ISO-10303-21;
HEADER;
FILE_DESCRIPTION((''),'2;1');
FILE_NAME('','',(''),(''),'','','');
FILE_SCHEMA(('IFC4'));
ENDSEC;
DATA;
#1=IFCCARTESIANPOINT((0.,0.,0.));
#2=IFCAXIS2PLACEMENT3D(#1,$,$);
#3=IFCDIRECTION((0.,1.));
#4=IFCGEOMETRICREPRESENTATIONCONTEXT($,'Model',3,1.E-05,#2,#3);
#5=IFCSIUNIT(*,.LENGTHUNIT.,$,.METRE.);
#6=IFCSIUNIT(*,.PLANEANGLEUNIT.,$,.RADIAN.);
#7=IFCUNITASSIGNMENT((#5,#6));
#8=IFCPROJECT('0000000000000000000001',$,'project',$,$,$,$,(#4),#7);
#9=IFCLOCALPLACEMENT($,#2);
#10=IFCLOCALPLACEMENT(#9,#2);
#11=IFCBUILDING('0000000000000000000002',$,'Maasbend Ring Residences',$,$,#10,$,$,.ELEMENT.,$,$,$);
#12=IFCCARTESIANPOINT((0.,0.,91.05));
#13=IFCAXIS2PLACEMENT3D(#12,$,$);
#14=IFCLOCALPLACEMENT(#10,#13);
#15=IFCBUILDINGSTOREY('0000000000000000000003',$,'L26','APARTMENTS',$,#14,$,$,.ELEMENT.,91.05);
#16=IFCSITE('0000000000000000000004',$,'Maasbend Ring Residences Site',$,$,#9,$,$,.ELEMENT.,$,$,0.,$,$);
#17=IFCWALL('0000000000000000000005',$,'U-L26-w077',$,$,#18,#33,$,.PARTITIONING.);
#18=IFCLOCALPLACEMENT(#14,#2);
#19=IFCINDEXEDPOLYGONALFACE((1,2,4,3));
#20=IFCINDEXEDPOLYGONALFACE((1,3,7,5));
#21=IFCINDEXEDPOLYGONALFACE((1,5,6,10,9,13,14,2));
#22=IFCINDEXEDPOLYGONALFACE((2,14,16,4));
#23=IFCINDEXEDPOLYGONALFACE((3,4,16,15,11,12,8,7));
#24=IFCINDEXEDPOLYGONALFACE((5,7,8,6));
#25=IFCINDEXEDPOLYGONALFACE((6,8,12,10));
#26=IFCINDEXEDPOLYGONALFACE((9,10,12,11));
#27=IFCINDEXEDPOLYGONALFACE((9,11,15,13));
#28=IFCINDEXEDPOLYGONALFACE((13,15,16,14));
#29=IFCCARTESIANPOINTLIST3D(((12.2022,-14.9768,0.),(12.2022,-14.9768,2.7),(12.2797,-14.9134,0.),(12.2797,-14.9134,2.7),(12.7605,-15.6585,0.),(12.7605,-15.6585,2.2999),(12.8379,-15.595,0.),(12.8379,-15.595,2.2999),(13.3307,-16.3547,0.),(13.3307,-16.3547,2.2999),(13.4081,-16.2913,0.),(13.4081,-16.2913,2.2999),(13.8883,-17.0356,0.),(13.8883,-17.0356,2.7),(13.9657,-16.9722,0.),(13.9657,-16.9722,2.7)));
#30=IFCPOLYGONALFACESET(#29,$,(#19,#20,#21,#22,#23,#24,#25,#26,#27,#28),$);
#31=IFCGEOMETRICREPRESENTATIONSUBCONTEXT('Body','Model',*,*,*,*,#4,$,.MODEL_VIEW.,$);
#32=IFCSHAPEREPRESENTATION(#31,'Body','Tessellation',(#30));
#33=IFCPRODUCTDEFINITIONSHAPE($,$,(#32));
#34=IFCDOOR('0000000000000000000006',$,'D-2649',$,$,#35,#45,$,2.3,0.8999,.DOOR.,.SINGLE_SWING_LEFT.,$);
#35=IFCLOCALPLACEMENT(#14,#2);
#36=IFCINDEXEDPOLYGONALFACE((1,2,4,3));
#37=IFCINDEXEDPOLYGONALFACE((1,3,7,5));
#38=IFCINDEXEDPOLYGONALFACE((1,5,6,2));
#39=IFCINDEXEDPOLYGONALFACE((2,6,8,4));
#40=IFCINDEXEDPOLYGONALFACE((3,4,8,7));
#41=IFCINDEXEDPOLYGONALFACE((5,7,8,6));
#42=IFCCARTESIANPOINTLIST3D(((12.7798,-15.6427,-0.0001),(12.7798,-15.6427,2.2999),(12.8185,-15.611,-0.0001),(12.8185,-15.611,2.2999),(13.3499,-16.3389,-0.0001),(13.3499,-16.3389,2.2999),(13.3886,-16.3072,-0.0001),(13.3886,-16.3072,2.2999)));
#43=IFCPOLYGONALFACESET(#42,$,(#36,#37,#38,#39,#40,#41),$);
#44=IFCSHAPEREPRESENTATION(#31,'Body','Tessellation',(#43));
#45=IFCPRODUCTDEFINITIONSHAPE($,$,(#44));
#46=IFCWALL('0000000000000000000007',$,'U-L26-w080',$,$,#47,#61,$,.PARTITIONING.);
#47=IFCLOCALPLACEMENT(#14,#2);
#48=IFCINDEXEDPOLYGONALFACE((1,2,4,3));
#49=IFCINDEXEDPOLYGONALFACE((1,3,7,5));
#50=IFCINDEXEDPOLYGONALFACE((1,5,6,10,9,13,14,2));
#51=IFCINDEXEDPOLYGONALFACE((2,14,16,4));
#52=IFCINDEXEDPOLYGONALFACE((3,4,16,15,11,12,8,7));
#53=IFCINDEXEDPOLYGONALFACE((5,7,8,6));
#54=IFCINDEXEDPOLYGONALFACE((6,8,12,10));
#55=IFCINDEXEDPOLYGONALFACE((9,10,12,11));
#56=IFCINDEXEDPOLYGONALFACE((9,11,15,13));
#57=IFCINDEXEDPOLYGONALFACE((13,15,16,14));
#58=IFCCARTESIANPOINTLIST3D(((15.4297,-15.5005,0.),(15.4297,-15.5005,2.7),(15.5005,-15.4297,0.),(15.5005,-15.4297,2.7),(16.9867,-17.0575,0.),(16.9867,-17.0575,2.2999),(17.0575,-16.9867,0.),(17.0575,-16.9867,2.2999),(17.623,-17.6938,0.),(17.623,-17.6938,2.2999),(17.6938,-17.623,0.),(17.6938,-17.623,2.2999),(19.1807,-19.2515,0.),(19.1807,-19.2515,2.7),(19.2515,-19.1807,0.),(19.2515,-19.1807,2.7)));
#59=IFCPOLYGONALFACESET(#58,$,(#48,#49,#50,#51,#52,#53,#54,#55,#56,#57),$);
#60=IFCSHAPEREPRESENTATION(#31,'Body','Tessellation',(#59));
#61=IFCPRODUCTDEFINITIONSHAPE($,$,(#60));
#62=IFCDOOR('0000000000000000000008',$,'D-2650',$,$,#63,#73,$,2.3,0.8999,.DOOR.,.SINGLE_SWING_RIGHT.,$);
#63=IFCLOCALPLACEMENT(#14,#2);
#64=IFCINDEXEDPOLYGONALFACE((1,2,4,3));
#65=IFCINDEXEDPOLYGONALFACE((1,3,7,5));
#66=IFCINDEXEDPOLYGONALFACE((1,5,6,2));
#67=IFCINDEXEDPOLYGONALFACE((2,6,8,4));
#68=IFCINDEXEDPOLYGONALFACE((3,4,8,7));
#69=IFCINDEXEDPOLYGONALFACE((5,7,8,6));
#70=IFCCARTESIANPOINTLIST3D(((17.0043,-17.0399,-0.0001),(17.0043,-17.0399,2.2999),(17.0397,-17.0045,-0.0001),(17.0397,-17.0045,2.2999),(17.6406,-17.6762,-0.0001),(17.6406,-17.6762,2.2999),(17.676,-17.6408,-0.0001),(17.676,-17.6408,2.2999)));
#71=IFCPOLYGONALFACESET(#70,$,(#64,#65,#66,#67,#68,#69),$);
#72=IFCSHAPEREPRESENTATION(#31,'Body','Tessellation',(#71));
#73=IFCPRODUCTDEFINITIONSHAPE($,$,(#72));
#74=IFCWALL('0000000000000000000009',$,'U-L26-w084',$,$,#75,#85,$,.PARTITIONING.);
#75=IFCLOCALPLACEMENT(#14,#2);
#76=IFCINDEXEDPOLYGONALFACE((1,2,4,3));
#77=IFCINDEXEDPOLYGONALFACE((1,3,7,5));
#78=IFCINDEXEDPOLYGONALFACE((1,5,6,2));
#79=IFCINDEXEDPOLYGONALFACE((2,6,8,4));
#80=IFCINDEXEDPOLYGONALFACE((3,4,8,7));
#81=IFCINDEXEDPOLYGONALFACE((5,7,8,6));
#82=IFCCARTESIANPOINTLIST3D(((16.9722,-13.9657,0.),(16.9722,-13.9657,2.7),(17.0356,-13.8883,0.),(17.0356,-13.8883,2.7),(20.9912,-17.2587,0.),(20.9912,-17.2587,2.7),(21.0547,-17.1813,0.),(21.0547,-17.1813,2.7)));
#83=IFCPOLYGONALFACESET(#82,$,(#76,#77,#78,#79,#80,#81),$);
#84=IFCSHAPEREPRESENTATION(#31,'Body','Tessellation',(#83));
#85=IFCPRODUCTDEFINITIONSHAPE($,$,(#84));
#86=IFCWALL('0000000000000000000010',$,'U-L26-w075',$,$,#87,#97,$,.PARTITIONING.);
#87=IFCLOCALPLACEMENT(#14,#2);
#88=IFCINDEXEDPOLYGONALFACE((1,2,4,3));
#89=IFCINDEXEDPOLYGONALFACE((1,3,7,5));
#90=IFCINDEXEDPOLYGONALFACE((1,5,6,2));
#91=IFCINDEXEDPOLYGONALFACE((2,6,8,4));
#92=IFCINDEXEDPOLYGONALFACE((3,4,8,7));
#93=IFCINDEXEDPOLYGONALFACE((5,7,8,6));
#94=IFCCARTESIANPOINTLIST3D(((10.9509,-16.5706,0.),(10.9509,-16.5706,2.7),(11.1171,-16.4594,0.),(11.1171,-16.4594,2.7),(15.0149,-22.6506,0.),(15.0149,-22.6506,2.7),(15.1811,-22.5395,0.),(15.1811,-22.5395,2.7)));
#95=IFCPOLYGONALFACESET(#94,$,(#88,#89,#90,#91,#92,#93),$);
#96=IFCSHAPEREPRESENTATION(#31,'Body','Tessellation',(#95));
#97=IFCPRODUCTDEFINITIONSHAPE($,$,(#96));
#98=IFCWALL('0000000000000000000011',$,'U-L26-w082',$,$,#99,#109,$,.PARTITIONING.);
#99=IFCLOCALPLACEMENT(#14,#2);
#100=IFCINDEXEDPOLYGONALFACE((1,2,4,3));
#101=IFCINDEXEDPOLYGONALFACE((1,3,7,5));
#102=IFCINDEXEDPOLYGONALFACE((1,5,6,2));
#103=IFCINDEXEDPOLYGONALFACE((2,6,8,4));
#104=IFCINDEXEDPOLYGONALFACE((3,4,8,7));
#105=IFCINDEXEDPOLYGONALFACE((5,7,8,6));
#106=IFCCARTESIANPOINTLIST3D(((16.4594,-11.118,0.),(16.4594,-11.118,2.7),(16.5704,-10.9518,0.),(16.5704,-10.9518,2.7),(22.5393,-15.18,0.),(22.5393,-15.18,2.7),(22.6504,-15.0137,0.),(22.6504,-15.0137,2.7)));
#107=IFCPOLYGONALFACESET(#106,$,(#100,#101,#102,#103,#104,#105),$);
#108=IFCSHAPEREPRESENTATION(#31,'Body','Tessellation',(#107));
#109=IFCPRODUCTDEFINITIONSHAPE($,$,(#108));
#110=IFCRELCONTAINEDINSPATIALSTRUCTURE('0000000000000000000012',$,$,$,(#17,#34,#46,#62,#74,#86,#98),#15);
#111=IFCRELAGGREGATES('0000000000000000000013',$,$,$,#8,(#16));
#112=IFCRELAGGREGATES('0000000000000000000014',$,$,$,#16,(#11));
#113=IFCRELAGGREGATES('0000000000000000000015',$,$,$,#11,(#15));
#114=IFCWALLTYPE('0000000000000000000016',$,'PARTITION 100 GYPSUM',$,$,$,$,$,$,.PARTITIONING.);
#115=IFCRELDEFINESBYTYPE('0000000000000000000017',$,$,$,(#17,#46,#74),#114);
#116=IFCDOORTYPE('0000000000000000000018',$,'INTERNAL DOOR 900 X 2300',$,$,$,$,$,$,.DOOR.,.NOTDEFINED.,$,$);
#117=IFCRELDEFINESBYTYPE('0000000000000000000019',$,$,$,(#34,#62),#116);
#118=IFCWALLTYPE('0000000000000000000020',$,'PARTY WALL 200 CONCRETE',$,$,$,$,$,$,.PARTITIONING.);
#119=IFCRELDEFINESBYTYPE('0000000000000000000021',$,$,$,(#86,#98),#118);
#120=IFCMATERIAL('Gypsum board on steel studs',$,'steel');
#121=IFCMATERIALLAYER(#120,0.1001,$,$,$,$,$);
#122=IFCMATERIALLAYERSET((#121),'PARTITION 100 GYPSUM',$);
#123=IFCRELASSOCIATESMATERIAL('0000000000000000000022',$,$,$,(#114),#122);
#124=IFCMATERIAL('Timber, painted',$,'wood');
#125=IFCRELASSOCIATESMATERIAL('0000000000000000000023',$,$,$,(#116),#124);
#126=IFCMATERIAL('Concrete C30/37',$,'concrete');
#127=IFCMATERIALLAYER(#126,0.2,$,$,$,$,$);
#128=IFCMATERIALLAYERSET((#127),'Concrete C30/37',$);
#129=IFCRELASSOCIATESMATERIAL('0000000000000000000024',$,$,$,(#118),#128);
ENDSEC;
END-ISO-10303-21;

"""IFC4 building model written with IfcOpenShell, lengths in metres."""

from ifc_helpers import new_model, si_unit, direction, frame, frame_2d, origin, place, context, subcontext, project, spatial, rectangle, extrude, material, layer, layer_set, type_object, element, fill, save


model = new_model("IFC4")

# Units and contexts
model_context = context("Model", 3, precision=1e-05, world=origin(), true_north=direction((0.0, 1.0)))
body_context = subcontext(model_context, "Body", "Model", "MODEL_VIEW")
ifc_project = project(units=[si_unit("LENGTHUNIT", "METRE"), si_unit("PLANEANGLEUNIT", "RADIAN")], contexts=[model_context])

# Site, building, storey
site_placement = place(None, origin())
site = spatial("IfcSite", under=ifc_project, at=site_placement, Name="Maasbend Ring Residences Site", CompositionType="ELEMENT", RefElevation=0.0)
building_placement = place(site_placement, origin())
building = spatial("IfcBuilding", under=site, at=building_placement, Name="Maasbend Ring Residences", CompositionType="ELEMENT")
storey_placement = place(building_placement, frame((0.0, 0.0, 91.05)))
storey = spatial("IfcBuildingStorey", under=building, at=storey_placement, Name="L26", Description="APARTMENTS", CompositionType="ELEMENT", Elevation=91.05)

# Walls, openings, doors
ifc_material_1 = material(Name="Gypsum board on steel studs", Category="steel")
ifc_layer_1 = layer(ifc_material_1, 0.1001)
ifc_layer_set_1 = layer_set([ifc_layer_1], Name="PARTITION 100 GYPSUM")
wall_type_1 = type_object("IfcWallType", Name="PARTITION 100 GYPSUM", PredefinedType="PARTITIONING", material=ifc_layer_set_1)
ifc_material_2 = material(Name="Timber, painted", Category="wood")
door_type_1 = type_object("IfcDoorType", Name="INTERNAL DOOR 900 X 2300", OperationType="NOTDEFINED", PredefinedType="DOOR", material=ifc_material_2)
wall_1_placement = place(storey_placement, frame((12.241, -14.9451, 0.0), z_axis=(0.0, 0.0, 1.0), x_axis=(0.633582, -0.773675, 0.0)))
wall_1 = element("IfcWall", 1, at=wall_1_placement, inside=storey, type_object=wall_type_1, Name="U-L26-w077", PredefinedType="PARTITIONING", context=body_context, shape_type="SweptSolid", body=[
    extrude(rectangle(XDim=2.6611, YDim=0.1001, at=frame_2d((1.3306, 0.0))), origin(), (0.0, 0.0, 1.0), 2.7),
])
opening_1_placement = place(wall_1_placement, frame((0.8811, 0.0, 0.0)))
opening_1 = element("IfcOpeningElement", 2, at=opening_1_placement, cuts=wall_1, PredefinedType="OPENING", context=body_context, shape_type="SweptSolid", body=[
    extrude(rectangle(XDim=0.8999, YDim=2.3, at=frame_2d((0.45, 1.1499))), frame((0.0, 0.0601, 0.0), z_axis=(0.0, -1.0, 0.0), x_axis=(1.0, 0.0, 0.0)), (0.0, 0.0, 1.0), 0.1201),
])
door_1_placement = place(opening_1_placement, origin())
door_1 = element("IfcDoor", 3, at=door_1_placement, inside=storey, type_object=door_type_1, Name="D-2649", OperationType="SINGLE_SWING_LEFT", OverallHeight=2.3, OverallWidth=0.8999, PredefinedType="DOOR", context=body_context, shape_type="SweptSolid", body=[
    extrude(rectangle(XDim=0.8999, YDim=2.3, at=frame_2d((0.45, 1.1499))), frame((0.0, 0.0249, 0.0), z_axis=(0.0, -1.0, 0.0), x_axis=(1.0, 0.0, 0.0)), (0.0, 0.0, 1.0), 0.05),
])
fill(opening_1, door_1)
wall_2_placement = place(storey_placement, frame((15.4651, -15.4651, 0.0), z_axis=(0.0, 0.0, 1.0), x_axis=(0.707107, -0.707107, 0.0)))
wall_2 = element("IfcWall", 4, at=wall_2_placement, inside=storey, type_object=wall_type_1, Name="U-L26-w080", PredefinedType="PARTITIONING", context=body_context, shape_type="SweptSolid", body=[
    extrude(rectangle(XDim=5.3047, YDim=0.1001, at=frame_2d((2.6523, 0.0))), origin(), (0.0, 0.0, 1.0), 2.7),
])
opening_2_placement = place(wall_2_placement, frame((2.2019, 0.0, 0.0)))
opening_2 = element("IfcOpeningElement", 5, at=opening_2_placement, cuts=wall_2, PredefinedType="OPENING", context=body_context, shape_type="SweptSolid", body=[
    extrude(rectangle(XDim=0.8999, YDim=2.3, at=frame_2d((0.45, 1.1499))), frame((0.0, 0.0601, 0.0), z_axis=(0.0, -1.0, 0.0), x_axis=(1.0, 0.0, 0.0)), (0.0, 0.0, 1.0), 0.1201),
])
door_2_placement = place(opening_2_placement, origin())
door_2 = element("IfcDoor", 6, at=door_2_placement, inside=storey, type_object=door_type_1, Name="D-2650", OperationType="SINGLE_SWING_RIGHT", OverallHeight=2.3, OverallWidth=0.8999, PredefinedType="DOOR", context=body_context, shape_type="SweptSolid", body=[
    extrude(rectangle(XDim=0.8999, YDim=2.3, at=frame_2d((0.45, 1.1499))), frame((0.0, 0.0249, 0.0), z_axis=(0.0, -1.0, 0.0), x_axis=(1.0, 0.0, 0.0)), (0.0, 0.0, 1.0), 0.05),
])
fill(opening_2, door_2)

# Walls
wall_3_placement = place(storey_placement, frame((17.0039, -13.927, 0.0), z_axis=(0.0, 0.0, 1.0), x_axis=(0.773517, -0.633775, 0.0)))
element("IfcWall", 7, at=wall_3_placement, inside=storey, type_object=wall_type_1, Name="U-L26-w084", PredefinedType="PARTITIONING", context=body_context, shape_type="SweptSolid", body=[
    extrude(rectangle(XDim=5.1958, YDim=0.1001, at=frame_2d((2.5979, 0.0))), origin(), (0.0, 0.0, 1.0), 2.7),
])
ifc_material_3 = material(Name="Concrete C30/37", Category="concrete")
ifc_layer_2 = layer(ifc_material_3, 0.2)
ifc_layer_set_2 = layer_set([ifc_layer_2], Name="Concrete C30/37")
wall_type_2 = type_object("IfcWallType", Name="PARTY WALL 200 CONCRETE", PredefinedType="PARTITIONING", material=ifc_layer_set_2)
wall_4_placement = place(storey_placement, frame((11.0339, -16.5149, 0.0), z_axis=(0.0, 0.0, 1.0), x_axis=(0.555701, -0.831382, 0.0)))
element("IfcWall", 8, at=wall_4_placement, inside=storey, type_object=wall_type_2, Name="U-L26-w075", PredefinedType="PARTITIONING", context=body_context, shape_type="SweptSolid", body=[
    extrude(rectangle(XDim=7.3132, YDim=0.2, at=frame_2d((3.6567, 0.0))), origin(), (0.0, 0.0, 1.0), 2.7),
])
wall_5_placement = place(storey_placement, frame((16.5149, -11.0349, 0.0), z_axis=(0.0, 0.0, 1.0), x_axis=(0.831505, -0.555517, 0.0)))
element("IfcWall", 9, at=wall_5_placement, inside=storey, type_object=wall_type_2, Name="U-L26-w082", PredefinedType="PARTITIONING", context=body_context, shape_type="SweptSolid", body=[
    extrude(rectangle(XDim=7.312, YDim=0.2, at=frame_2d((3.656, 0.0))), origin(), (0.0, 0.0, 1.0), 2.7),
])

save(model, "model.ifc")
